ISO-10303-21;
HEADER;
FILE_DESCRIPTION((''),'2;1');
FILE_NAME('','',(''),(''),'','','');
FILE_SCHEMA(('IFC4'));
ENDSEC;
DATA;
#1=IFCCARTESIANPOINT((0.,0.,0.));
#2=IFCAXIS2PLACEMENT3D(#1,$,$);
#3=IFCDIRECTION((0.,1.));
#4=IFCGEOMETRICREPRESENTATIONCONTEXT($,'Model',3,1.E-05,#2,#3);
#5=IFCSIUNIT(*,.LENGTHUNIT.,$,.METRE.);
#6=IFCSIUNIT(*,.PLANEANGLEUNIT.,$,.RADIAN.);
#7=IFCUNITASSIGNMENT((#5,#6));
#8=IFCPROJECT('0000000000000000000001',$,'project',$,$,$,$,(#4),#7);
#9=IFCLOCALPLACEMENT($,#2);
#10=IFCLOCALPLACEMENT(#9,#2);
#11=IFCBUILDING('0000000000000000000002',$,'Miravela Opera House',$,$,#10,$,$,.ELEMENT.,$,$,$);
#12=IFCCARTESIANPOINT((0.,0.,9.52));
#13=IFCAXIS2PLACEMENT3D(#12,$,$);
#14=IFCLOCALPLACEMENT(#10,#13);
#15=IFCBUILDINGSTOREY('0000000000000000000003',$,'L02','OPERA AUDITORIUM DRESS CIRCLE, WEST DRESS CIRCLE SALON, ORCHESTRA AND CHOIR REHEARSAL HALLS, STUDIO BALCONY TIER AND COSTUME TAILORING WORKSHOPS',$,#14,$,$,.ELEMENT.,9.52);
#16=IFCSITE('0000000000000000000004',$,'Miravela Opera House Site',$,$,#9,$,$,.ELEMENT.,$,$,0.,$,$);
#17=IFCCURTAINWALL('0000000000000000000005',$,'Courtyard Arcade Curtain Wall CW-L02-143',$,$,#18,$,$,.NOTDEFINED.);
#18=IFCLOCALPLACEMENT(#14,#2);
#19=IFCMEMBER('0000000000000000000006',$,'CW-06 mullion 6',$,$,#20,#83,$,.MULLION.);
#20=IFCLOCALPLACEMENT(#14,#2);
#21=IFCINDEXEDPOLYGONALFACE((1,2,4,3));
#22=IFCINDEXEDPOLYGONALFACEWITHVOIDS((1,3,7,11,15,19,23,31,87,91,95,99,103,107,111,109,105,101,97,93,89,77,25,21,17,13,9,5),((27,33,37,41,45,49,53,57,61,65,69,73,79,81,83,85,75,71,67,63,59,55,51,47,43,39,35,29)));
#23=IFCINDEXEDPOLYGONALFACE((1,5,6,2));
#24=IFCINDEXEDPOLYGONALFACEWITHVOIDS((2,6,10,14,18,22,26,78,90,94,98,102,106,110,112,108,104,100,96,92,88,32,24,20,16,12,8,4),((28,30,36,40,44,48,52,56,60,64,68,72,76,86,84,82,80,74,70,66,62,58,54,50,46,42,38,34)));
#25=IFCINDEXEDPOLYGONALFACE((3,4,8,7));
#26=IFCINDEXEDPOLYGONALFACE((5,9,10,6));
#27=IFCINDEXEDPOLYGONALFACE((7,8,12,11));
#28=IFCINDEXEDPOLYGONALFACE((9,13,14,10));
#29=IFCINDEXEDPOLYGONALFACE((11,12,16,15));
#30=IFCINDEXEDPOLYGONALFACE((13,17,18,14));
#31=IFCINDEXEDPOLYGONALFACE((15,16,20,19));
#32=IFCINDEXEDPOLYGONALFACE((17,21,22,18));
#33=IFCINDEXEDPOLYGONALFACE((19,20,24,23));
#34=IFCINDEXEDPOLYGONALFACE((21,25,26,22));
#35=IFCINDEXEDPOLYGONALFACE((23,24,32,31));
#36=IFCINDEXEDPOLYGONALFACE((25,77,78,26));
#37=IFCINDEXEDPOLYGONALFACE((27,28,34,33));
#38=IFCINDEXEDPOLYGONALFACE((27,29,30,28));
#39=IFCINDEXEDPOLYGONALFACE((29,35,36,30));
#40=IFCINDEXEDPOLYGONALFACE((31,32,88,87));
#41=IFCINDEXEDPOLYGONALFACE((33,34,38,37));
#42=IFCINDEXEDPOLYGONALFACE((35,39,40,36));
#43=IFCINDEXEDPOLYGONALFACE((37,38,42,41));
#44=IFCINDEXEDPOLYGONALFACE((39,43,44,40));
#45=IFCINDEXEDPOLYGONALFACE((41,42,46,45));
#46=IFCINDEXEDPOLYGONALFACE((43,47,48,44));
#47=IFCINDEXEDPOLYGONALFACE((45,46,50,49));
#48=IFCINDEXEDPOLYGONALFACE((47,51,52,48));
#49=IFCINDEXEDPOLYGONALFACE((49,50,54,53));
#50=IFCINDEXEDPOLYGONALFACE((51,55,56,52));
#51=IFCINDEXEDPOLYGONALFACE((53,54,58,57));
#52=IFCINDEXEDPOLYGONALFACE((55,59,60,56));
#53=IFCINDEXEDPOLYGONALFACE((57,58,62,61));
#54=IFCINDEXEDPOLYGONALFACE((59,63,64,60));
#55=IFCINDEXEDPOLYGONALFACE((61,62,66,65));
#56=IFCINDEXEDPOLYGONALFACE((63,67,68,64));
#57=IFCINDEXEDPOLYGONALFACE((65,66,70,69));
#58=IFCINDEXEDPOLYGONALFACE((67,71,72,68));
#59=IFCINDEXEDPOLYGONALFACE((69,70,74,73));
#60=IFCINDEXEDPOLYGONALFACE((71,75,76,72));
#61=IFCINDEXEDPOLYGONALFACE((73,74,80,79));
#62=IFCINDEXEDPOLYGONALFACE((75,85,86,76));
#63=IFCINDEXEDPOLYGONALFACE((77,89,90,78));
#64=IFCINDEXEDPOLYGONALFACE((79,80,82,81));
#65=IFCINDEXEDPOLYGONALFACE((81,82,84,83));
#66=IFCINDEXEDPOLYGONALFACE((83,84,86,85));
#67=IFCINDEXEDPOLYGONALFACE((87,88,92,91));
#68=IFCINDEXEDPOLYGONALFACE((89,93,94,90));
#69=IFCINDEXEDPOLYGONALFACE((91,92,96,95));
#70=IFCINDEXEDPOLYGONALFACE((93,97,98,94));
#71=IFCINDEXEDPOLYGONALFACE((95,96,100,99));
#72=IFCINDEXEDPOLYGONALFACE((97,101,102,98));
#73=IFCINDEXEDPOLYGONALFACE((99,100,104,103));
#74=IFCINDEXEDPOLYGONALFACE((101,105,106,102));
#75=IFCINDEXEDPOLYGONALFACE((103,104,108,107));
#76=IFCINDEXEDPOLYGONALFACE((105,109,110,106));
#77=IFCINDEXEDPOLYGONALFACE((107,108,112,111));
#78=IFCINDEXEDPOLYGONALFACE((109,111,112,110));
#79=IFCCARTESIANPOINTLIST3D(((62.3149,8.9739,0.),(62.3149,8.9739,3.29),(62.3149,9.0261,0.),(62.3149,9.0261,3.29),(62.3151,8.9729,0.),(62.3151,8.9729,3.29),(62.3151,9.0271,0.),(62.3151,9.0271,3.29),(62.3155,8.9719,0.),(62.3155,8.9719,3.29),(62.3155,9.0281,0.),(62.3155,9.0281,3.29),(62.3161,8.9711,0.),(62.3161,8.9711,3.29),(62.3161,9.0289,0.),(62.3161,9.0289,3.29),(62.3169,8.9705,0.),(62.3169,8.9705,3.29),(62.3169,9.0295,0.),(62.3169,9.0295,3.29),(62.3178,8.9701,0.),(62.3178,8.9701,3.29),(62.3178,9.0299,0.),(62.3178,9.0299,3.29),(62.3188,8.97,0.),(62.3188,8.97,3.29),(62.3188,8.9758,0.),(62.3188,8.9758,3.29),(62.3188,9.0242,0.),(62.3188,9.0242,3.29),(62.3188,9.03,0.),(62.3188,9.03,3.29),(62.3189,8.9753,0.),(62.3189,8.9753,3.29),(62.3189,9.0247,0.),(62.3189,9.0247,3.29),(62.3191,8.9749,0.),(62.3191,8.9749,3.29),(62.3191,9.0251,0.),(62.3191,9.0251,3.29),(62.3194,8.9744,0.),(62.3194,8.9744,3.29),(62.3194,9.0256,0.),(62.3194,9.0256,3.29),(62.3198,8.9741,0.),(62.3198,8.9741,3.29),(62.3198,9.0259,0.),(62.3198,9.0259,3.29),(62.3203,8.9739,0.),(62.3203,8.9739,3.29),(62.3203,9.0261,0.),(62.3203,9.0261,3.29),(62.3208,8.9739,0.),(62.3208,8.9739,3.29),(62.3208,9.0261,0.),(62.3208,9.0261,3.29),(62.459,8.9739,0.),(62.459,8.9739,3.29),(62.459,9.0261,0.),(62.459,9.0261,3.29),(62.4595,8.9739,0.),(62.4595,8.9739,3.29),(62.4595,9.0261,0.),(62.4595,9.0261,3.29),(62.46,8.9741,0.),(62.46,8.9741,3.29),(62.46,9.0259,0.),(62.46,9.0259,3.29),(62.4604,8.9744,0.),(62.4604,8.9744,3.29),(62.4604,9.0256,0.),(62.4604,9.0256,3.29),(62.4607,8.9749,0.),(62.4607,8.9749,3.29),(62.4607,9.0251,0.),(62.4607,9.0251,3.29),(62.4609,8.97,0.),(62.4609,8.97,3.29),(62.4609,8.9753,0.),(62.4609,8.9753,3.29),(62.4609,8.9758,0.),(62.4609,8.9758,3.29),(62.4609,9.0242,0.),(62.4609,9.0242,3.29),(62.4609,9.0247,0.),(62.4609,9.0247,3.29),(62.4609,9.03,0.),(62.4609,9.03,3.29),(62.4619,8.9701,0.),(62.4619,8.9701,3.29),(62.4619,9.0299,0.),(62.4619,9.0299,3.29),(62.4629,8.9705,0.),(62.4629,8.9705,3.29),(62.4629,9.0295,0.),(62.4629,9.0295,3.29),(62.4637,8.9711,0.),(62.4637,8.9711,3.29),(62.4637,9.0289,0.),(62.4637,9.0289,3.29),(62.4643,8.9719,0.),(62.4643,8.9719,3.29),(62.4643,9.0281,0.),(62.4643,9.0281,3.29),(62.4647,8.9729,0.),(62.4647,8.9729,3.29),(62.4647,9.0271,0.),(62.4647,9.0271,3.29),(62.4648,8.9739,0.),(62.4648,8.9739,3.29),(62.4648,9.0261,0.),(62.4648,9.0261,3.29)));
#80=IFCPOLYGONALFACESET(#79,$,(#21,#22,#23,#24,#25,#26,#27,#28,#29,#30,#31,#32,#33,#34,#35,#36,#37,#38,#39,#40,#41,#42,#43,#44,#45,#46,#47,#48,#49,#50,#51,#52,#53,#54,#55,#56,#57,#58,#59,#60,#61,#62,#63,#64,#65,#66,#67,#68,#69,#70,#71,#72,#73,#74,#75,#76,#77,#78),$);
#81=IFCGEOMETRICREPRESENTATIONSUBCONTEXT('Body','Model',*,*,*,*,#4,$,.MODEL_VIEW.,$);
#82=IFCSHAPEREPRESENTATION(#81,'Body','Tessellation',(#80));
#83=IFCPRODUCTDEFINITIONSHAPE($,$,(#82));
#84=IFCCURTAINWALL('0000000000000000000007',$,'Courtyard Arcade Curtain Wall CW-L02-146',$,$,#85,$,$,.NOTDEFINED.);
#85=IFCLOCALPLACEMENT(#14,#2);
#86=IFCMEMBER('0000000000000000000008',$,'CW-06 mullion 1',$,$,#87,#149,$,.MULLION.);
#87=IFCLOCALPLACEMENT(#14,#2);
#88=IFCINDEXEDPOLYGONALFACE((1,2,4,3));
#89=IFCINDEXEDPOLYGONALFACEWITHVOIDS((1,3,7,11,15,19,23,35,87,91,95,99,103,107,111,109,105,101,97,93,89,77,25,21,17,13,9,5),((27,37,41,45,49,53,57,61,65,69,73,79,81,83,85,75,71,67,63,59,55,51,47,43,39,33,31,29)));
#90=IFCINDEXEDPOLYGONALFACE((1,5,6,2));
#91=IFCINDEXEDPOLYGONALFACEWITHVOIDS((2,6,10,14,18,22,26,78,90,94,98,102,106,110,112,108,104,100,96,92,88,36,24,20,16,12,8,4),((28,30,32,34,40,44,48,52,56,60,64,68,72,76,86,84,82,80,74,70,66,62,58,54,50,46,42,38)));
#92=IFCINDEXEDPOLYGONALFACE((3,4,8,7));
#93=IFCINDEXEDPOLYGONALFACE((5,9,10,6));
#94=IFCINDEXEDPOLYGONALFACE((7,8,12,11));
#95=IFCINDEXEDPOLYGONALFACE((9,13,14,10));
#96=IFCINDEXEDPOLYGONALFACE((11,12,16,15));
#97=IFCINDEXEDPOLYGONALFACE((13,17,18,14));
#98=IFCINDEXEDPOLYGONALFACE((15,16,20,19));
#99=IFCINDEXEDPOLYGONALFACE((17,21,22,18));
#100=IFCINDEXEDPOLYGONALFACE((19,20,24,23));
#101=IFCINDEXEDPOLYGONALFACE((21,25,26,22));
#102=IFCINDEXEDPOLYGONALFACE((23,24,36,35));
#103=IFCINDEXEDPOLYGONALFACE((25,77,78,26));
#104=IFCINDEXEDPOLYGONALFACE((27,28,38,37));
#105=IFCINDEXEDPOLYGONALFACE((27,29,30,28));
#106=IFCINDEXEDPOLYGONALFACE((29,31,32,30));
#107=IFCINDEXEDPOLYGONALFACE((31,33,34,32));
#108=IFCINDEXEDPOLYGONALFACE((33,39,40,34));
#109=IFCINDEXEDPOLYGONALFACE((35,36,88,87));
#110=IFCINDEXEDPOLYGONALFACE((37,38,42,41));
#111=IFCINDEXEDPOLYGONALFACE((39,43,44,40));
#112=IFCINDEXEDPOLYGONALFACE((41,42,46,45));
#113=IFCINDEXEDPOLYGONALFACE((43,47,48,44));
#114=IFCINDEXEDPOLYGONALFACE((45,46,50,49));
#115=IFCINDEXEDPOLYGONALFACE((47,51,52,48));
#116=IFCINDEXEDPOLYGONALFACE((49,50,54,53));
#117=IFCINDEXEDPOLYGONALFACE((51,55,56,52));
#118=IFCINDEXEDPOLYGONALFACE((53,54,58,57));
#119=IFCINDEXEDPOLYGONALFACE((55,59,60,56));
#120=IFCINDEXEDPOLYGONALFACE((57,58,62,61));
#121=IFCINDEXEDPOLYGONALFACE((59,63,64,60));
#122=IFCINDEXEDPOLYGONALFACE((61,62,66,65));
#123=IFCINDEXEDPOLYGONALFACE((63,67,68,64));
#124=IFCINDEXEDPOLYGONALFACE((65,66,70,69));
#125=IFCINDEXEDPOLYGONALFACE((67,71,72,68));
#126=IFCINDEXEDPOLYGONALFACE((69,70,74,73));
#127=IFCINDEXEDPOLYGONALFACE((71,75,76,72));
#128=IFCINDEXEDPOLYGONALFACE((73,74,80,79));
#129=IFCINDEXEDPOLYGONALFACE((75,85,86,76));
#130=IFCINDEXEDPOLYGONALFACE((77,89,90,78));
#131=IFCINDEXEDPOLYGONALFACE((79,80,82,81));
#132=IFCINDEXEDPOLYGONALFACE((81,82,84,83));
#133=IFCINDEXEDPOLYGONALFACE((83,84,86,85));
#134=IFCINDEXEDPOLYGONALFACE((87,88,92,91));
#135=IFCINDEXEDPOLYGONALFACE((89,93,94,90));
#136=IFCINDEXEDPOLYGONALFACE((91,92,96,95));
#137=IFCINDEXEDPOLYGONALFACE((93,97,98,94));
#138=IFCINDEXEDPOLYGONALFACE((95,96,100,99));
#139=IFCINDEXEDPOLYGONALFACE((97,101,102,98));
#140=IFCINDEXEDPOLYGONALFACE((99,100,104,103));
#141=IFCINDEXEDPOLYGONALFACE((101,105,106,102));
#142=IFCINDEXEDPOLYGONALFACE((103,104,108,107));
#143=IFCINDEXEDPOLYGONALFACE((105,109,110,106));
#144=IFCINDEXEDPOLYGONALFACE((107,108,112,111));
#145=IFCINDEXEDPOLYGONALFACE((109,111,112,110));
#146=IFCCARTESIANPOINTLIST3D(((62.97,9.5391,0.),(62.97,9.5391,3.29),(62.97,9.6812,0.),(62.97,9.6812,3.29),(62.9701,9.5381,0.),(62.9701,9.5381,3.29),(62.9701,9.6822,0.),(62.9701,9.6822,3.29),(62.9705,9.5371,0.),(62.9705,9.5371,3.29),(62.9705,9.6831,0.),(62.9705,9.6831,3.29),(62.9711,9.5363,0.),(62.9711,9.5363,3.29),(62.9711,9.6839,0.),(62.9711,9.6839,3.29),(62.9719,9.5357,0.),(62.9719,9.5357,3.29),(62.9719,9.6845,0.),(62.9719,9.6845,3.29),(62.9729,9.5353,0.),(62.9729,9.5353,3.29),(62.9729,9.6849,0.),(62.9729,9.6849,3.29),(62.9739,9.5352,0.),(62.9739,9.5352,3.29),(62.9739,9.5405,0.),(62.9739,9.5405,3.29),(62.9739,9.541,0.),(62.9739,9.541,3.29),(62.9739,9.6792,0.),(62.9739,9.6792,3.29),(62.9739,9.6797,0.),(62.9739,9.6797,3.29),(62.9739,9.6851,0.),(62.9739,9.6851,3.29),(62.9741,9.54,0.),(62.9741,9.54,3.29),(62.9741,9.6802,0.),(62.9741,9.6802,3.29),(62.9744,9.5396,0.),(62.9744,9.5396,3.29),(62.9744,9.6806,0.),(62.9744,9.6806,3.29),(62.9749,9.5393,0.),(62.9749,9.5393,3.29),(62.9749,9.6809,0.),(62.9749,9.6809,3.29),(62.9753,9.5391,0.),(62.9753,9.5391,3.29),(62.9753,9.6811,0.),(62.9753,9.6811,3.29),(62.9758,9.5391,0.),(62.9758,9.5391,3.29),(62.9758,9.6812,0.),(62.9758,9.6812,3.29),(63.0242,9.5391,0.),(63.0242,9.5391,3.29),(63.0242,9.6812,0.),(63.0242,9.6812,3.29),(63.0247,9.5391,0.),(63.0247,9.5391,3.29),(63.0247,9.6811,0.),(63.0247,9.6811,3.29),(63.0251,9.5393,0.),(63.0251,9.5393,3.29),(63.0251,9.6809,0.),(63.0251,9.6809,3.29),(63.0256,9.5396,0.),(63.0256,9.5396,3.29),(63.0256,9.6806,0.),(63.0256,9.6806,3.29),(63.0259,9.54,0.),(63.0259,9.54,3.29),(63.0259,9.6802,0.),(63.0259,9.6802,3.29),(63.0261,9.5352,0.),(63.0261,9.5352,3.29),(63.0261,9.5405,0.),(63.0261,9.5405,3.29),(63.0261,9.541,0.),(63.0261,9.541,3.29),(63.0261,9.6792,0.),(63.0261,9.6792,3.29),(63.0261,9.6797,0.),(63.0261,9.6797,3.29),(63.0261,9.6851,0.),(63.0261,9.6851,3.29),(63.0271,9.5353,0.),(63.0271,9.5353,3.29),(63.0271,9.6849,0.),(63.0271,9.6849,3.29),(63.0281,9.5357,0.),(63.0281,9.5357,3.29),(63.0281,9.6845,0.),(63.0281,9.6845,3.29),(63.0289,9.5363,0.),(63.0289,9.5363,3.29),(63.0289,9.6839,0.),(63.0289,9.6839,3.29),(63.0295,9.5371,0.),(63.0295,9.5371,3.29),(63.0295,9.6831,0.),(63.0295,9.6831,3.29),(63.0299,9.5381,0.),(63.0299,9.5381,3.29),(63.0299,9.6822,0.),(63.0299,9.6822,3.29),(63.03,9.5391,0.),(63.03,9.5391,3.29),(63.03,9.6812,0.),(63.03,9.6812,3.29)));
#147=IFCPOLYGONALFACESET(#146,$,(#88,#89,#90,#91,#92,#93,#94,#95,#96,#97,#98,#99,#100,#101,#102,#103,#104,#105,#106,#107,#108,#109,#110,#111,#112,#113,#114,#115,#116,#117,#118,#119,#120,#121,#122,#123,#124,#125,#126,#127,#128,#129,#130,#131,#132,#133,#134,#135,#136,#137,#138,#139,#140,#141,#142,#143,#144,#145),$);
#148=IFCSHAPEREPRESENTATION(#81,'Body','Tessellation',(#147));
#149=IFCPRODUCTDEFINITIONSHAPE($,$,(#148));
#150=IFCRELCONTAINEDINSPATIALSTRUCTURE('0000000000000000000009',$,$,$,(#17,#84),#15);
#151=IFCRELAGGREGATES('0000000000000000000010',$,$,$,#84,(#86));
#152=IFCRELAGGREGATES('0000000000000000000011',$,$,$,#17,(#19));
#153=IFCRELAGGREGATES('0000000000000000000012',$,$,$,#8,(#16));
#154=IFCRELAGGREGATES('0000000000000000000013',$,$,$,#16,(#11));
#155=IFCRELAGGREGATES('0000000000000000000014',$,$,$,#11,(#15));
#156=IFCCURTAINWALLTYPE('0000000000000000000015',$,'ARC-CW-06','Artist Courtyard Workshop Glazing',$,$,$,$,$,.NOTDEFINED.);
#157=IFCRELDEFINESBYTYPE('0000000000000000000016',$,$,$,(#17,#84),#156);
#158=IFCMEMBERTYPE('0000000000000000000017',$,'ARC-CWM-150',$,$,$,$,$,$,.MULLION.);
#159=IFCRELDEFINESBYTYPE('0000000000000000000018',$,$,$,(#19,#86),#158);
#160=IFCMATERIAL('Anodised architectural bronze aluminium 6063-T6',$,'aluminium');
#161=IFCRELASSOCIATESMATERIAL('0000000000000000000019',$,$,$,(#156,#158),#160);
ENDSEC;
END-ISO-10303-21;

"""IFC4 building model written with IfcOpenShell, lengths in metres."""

from ifc_helpers import new_model, si_unit, direction, frame, origin, origin_2d, place, context, subcontext, project, spatial, hollow_rectangle, extrude, material, material_profile, profile_set, type_object, element, aggregate, save


model = new_model("IFC4")

# Units and contexts
model_context = context("Model", 3, precision=1e-05, world=origin(), true_north=direction((0.0, 1.0)))
body_context = subcontext(model_context, "Body", "Model", "MODEL_VIEW")
ifc_project = project(units=[si_unit("LENGTHUNIT", "METRE"), si_unit("PLANEANGLEUNIT", "RADIAN")], contexts=[model_context])

# Site, building, storey
site_placement = place(None, origin())
site = spatial("IfcSite", under=ifc_project, at=site_placement, Name="Miravela Opera House Site", CompositionType="ELEMENT", RefElevation=0.0)
building_placement = place(site_placement, origin())
building = spatial("IfcBuilding", under=site, at=building_placement, Name="Miravela Opera House", CompositionType="ELEMENT")
storey_placement = place(building_placement, frame((0.0, 0.0, 9.52)))
storey = spatial("IfcBuildingStorey", under=building, at=storey_placement, Name="L02", Description="OPERA AUDITORIUM DRESS CIRCLE, WEST DRESS CIRCLE SALON, ORCHESTRA AND CHOIR REHEARSAL HALLS, STUDIO BALCONY TIER AND COSTUME TAILORING WORKSHOPS", CompositionType="ELEMENT", Elevation=9.52)

# Curtain wall, member
ifc_material_1 = material(Name="Anodised architectural bronze aluminium 6063-T6", Category="aluminium")
curtain_wall_type = type_object("IfcCurtainWallType", Name="ARC-CW-06", Description="Artist Courtyard Workshop Glazing", PredefinedType="NOTDEFINED", material=ifc_material_1)
curtain_wall_1_placement = place(storey_placement, origin())
curtain_wall_1 = element("IfcCurtainWall", 1, at=curtain_wall_1_placement, inside=storey, type_object=curtain_wall_type, Name="Courtyard Arcade Curtain Wall CW-L02-143", PredefinedType="NOTDEFINED")
ifc_material_profile_1 = material_profile(ifc_material_1, hollow_rectangle(XDim=0.0601, YDim=0.1499, WallThickness=0.0039, InnerFilletRadius=0.002, OuterFilletRadius=0.0039, at=origin_2d()), Name="CWM-60X150")
ifc_profile_set_1 = profile_set([ifc_material_profile_1])
member_type_1 = type_object("IfcMemberType", Name="ARC-CWM-150", PredefinedType="MULLION", material=ifc_profile_set_1)
member_1_placement = place(storey_placement, frame((62.3899, 9.0, 0.0), z_axis=(0.0, 0.0, 1.0), x_axis=(0.0, 1.0, 0.0)))
member_1 = element("IfcMember", 2, at=member_1_placement, type_object=member_type_1, Name="CW-06 mullion 6", PredefinedType="MULLION", context=body_context, shape_type="SweptSolid", body=[
    extrude(hollow_rectangle(XDim=0.0601, YDim=0.1499, WallThickness=0.0039, InnerFilletRadius=0.002, OuterFilletRadius=0.0039, at=origin_2d()), origin(), (0.0, 0.0, 1.0), 3.29),
])

# Curtain wall, member
curtain_wall_2_placement = place(storey_placement, origin())
curtain_wall_2 = element("IfcCurtainWall", 3, at=curtain_wall_2_placement, inside=storey, type_object=curtain_wall_type, Name="Courtyard Arcade Curtain Wall CW-L02-146", PredefinedType="NOTDEFINED")
member_2_placement = place(storey_placement, frame((63.0, 9.6101, 0.0), z_axis=(0.0, 0.0, 1.0), x_axis=(-1.0, 0.0, 0.0)))
member_2 = element("IfcMember", 4, at=member_2_placement, type_object=member_type_1, Name="CW-06 mullion 1", PredefinedType="MULLION", context=body_context, shape_type="SweptSolid", body=[
    extrude(hollow_rectangle(XDim=0.0601, YDim=0.1499, WallThickness=0.0039, InnerFilletRadius=0.002, OuterFilletRadius=0.0039, at=origin_2d()), origin(), (0.0, 0.0, 1.0), 3.29),
])

aggregate(curtain_wall_2, [member_2])

aggregate(curtain_wall_1, [member_1])

save(model, "model.ifc")
